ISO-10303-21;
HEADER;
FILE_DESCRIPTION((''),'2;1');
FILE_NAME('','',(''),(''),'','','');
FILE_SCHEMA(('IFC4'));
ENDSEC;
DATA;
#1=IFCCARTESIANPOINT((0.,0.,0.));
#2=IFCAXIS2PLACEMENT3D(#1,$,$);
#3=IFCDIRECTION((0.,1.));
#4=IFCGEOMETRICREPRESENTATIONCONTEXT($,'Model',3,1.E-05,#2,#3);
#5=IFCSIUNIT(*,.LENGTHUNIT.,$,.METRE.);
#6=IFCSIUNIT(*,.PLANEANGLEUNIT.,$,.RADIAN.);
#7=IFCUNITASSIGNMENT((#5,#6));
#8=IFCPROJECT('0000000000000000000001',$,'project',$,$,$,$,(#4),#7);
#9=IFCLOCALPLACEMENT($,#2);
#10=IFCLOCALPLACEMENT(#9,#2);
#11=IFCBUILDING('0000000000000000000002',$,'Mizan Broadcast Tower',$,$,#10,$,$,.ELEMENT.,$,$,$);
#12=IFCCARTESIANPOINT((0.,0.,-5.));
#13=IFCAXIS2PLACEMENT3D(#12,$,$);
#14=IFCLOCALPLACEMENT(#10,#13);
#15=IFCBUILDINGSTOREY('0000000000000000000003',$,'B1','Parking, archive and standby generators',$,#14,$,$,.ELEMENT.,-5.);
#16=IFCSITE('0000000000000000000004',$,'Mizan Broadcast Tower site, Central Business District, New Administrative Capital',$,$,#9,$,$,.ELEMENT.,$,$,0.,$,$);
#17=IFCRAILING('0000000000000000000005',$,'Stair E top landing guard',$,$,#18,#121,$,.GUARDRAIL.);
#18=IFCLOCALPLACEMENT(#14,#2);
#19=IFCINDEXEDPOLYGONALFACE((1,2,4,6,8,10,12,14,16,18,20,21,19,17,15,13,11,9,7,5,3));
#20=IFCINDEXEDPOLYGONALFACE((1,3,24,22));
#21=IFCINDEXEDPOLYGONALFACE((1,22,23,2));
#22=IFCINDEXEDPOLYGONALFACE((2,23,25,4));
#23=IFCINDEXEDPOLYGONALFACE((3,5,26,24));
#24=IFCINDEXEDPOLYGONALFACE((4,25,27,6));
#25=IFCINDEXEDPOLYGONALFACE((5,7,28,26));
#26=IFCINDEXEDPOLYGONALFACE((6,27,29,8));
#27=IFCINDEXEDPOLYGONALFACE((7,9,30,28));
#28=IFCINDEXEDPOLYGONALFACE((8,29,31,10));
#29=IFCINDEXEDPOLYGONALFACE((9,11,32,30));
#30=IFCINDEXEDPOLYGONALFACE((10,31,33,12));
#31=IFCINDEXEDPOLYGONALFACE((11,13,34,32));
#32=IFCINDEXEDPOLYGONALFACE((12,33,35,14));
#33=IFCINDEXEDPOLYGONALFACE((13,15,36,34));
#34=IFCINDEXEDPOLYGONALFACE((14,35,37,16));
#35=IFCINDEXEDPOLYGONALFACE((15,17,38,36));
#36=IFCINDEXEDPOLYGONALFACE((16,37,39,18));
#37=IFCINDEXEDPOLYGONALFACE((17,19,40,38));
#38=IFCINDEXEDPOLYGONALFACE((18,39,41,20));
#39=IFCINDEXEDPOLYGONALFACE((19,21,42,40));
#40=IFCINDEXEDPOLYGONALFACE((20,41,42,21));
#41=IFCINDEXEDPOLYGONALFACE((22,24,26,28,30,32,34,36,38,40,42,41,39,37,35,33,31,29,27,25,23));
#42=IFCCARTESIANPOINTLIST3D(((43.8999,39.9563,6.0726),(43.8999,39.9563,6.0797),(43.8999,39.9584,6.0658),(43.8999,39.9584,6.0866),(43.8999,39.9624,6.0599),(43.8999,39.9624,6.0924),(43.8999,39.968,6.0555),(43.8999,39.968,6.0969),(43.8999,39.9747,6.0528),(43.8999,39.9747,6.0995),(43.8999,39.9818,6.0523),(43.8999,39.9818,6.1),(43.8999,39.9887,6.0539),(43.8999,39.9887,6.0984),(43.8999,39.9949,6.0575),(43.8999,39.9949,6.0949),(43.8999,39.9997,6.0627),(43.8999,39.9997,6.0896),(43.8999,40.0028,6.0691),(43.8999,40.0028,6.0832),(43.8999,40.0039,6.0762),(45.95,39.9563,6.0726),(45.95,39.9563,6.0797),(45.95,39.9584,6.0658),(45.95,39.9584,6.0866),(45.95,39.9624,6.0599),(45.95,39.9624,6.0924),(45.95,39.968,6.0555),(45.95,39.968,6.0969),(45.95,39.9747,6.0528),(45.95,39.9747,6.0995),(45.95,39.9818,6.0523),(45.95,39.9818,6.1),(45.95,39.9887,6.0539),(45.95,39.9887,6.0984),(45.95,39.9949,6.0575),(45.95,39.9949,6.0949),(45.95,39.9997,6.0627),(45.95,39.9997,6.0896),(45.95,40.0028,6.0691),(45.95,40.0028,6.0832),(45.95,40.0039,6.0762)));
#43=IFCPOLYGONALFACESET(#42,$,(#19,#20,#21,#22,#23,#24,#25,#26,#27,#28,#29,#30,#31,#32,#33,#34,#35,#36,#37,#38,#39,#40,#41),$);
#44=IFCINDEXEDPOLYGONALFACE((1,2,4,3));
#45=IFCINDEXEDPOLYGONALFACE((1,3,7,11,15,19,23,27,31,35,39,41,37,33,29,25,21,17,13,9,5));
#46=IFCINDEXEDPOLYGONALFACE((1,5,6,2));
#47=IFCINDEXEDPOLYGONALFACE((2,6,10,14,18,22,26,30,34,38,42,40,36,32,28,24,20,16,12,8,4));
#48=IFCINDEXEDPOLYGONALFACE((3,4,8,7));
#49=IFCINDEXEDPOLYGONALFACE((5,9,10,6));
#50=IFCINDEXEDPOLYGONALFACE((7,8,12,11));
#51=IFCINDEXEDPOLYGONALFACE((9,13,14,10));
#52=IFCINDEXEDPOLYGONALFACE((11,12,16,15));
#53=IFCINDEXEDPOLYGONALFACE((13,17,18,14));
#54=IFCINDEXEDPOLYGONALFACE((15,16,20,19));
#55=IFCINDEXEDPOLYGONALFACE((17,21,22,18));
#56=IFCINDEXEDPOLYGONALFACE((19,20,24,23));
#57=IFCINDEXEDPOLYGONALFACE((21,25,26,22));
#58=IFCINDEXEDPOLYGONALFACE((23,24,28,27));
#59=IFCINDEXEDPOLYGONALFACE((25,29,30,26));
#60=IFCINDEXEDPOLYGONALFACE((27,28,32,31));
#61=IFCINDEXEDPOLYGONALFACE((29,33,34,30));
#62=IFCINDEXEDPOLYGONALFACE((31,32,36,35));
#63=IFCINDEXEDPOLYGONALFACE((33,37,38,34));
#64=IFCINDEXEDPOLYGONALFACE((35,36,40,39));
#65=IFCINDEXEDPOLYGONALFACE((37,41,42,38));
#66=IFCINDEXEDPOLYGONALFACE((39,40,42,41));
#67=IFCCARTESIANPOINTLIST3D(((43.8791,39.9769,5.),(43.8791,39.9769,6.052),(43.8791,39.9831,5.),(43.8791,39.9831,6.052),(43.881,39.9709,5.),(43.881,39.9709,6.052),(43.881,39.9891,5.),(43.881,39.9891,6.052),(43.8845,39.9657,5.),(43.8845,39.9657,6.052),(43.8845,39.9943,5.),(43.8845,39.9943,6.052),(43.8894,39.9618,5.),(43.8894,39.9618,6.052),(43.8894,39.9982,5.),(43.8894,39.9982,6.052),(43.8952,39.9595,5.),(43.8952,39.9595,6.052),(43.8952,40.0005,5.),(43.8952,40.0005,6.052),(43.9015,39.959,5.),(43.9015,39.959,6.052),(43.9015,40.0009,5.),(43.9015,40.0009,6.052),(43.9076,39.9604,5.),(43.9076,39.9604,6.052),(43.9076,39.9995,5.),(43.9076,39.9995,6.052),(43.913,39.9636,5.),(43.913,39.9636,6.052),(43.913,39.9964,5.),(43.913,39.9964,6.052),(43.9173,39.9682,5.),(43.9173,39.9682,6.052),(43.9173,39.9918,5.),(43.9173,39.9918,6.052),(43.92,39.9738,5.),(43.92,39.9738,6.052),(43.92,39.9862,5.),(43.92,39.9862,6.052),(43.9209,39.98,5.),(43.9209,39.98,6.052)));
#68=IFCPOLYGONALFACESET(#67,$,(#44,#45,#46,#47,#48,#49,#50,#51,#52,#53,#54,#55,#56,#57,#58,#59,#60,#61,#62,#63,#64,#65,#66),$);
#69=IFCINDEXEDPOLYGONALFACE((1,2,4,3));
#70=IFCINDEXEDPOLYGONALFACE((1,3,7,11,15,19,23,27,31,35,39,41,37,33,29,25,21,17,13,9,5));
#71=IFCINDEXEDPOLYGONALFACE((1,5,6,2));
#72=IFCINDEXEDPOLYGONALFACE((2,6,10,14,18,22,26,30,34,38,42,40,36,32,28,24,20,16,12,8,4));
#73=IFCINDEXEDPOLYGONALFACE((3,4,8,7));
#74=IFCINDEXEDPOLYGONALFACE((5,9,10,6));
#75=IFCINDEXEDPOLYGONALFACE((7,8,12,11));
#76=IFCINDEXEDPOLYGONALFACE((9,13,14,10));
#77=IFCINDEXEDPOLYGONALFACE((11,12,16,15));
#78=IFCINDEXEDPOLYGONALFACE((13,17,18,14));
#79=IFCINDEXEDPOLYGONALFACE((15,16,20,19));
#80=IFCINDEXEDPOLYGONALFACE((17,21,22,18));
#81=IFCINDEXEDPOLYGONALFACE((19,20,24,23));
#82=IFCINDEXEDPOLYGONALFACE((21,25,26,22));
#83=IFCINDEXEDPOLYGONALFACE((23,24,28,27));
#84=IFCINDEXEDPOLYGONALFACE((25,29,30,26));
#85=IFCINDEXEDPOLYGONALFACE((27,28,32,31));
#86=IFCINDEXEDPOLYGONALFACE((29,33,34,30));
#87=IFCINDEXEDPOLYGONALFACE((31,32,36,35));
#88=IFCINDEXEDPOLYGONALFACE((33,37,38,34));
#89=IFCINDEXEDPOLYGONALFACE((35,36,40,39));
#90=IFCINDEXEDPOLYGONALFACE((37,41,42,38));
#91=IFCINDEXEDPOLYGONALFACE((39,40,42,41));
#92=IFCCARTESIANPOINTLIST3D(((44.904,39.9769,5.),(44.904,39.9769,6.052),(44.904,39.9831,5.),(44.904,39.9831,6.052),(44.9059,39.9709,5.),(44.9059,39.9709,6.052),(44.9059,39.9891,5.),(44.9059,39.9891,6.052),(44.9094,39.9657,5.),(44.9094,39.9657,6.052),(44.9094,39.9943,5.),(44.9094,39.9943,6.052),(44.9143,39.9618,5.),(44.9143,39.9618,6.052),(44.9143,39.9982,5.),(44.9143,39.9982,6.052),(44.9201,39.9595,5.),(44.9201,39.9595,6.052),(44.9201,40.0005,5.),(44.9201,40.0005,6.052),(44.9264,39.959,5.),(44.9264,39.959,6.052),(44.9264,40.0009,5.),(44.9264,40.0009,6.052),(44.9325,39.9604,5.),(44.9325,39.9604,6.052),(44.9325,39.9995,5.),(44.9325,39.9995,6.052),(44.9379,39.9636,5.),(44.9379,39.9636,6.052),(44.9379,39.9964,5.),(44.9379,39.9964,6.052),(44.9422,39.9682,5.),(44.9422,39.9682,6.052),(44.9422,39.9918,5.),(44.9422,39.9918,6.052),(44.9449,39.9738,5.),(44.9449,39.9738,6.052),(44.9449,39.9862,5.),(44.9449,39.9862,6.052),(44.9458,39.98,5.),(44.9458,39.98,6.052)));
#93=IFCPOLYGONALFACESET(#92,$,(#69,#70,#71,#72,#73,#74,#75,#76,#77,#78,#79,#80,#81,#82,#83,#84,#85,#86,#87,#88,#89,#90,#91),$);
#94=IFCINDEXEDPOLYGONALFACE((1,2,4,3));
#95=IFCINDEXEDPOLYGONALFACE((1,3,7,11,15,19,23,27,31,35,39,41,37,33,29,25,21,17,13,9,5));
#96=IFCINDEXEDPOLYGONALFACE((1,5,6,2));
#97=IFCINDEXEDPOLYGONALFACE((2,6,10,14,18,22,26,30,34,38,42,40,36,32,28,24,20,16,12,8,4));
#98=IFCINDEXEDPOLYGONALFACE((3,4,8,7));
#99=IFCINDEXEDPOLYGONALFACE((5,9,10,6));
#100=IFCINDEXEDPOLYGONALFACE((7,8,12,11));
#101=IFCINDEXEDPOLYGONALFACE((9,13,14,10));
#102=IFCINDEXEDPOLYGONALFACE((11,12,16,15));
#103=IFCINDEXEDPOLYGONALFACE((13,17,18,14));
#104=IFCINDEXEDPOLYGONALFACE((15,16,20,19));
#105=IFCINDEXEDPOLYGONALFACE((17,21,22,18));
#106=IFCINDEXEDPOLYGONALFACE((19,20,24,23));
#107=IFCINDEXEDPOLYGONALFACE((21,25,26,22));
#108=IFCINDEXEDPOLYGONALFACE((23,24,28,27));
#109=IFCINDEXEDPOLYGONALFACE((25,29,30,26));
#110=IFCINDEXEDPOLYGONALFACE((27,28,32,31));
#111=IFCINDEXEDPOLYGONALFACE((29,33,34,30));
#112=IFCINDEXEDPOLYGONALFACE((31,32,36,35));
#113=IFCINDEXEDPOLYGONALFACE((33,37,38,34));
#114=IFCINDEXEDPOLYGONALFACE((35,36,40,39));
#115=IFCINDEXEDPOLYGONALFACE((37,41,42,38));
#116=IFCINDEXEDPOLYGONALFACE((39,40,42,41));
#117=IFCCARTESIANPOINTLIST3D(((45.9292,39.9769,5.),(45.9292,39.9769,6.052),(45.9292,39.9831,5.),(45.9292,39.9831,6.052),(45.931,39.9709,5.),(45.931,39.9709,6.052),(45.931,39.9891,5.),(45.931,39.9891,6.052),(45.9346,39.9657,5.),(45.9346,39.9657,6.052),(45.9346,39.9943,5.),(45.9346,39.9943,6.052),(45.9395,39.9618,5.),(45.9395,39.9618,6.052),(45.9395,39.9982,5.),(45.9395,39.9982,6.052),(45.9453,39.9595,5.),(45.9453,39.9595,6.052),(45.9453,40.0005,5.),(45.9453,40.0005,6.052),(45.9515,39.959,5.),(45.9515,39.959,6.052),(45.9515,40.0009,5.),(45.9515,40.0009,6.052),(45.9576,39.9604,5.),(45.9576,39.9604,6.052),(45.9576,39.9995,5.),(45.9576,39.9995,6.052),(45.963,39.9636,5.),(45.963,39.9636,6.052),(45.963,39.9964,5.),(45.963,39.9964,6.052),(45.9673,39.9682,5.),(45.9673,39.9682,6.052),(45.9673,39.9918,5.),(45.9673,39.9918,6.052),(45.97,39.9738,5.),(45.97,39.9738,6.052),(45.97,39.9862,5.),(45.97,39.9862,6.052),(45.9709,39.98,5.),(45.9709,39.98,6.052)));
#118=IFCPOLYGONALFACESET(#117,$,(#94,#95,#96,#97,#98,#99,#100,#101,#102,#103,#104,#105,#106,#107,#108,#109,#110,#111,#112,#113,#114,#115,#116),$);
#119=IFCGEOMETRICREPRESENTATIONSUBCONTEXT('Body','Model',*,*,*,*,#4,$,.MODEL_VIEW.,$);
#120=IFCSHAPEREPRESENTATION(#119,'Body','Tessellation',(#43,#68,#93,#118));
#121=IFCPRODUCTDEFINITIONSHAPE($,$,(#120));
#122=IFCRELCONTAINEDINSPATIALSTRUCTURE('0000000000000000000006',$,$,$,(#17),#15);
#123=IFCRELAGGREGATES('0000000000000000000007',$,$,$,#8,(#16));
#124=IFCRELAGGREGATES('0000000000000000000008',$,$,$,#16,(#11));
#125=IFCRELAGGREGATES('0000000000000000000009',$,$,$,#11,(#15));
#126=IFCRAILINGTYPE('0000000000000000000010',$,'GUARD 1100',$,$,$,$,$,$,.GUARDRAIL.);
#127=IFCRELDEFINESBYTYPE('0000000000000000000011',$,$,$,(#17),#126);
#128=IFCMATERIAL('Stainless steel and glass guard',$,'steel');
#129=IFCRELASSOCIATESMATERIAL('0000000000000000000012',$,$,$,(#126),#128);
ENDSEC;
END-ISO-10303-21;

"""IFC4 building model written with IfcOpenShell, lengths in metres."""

from ifc_helpers import new_model, si_unit, direction, frame, origin, origin_2d, place, context, subcontext, project, spatial, circle, extrude, material, type_object, element, save


model = new_model("IFC4")

# Units and contexts
model_context = context("Model", 3, precision=1e-05, world=origin(), true_north=direction((0.0, 1.0)))
body_context = subcontext(model_context, "Body", "Model", "MODEL_VIEW")
ifc_project = project(units=[si_unit("LENGTHUNIT", "METRE"), si_unit("PLANEANGLEUNIT", "RADIAN")], contexts=[model_context])

# Site, building, storey
site_placement = place(None, origin())
site = spatial("IfcSite", under=ifc_project, at=site_placement, Name="Mizan Broadcast Tower site, Central Business District, New Administrative Capital", CompositionType="ELEMENT", RefElevation=0.0)
building_placement = place(site_placement, origin())
building = spatial("IfcBuilding", under=site, at=building_placement, Name="Mizan Broadcast Tower", CompositionType="ELEMENT")
storey_placement = place(building_placement, frame((0.0, 0.0, -5.0)))
storey = spatial("IfcBuildingStorey", under=building, at=storey_placement, Name="B1", Description="Parking, archive and standby generators", CompositionType="ELEMENT", Elevation=-5.0)

# Railing
ifc_material_1 = material(Name="Stainless steel and glass guard", Category="steel")
railing_type_1 = type_object("IfcRailingType", Name="GUARD 1100", PredefinedType="GUARDRAIL", material=ifc_material_1)
railing_1_placement = place(storey_placement, frame((43.8999, 39.98, 5.0)))
element("IfcRailing", 1, at=railing_1_placement, inside=storey, type_object=railing_type_1, Name="Stair E top landing guard", PredefinedType="GUARDRAIL", context=body_context, shape_type="SweptSolid", body=[
    extrude(circle(Radius=0.0239, at=origin_2d()), frame((0.0, 0.0, 1.0762), z_axis=(1.0, 0.0, 0.0), x_axis=(0.0, 1.0, 0.0)), (0.0, 0.0, 1.0), 2.05),
    extrude(circle(Radius=0.021, at=origin_2d()), origin(), (0.0, 0.0, 1.0), 1.052),
    extrude(circle(Radius=0.021, at=origin_2d()), frame((1.0249, 0.0, 0.0)), (0.0, 0.0, 1.0), 1.052),
    extrude(circle(Radius=0.021, at=origin_2d()), frame((2.05, 0.0, 0.0)), (0.0, 0.0, 1.0), 1.052),
])

save(model, "model.ifc")
